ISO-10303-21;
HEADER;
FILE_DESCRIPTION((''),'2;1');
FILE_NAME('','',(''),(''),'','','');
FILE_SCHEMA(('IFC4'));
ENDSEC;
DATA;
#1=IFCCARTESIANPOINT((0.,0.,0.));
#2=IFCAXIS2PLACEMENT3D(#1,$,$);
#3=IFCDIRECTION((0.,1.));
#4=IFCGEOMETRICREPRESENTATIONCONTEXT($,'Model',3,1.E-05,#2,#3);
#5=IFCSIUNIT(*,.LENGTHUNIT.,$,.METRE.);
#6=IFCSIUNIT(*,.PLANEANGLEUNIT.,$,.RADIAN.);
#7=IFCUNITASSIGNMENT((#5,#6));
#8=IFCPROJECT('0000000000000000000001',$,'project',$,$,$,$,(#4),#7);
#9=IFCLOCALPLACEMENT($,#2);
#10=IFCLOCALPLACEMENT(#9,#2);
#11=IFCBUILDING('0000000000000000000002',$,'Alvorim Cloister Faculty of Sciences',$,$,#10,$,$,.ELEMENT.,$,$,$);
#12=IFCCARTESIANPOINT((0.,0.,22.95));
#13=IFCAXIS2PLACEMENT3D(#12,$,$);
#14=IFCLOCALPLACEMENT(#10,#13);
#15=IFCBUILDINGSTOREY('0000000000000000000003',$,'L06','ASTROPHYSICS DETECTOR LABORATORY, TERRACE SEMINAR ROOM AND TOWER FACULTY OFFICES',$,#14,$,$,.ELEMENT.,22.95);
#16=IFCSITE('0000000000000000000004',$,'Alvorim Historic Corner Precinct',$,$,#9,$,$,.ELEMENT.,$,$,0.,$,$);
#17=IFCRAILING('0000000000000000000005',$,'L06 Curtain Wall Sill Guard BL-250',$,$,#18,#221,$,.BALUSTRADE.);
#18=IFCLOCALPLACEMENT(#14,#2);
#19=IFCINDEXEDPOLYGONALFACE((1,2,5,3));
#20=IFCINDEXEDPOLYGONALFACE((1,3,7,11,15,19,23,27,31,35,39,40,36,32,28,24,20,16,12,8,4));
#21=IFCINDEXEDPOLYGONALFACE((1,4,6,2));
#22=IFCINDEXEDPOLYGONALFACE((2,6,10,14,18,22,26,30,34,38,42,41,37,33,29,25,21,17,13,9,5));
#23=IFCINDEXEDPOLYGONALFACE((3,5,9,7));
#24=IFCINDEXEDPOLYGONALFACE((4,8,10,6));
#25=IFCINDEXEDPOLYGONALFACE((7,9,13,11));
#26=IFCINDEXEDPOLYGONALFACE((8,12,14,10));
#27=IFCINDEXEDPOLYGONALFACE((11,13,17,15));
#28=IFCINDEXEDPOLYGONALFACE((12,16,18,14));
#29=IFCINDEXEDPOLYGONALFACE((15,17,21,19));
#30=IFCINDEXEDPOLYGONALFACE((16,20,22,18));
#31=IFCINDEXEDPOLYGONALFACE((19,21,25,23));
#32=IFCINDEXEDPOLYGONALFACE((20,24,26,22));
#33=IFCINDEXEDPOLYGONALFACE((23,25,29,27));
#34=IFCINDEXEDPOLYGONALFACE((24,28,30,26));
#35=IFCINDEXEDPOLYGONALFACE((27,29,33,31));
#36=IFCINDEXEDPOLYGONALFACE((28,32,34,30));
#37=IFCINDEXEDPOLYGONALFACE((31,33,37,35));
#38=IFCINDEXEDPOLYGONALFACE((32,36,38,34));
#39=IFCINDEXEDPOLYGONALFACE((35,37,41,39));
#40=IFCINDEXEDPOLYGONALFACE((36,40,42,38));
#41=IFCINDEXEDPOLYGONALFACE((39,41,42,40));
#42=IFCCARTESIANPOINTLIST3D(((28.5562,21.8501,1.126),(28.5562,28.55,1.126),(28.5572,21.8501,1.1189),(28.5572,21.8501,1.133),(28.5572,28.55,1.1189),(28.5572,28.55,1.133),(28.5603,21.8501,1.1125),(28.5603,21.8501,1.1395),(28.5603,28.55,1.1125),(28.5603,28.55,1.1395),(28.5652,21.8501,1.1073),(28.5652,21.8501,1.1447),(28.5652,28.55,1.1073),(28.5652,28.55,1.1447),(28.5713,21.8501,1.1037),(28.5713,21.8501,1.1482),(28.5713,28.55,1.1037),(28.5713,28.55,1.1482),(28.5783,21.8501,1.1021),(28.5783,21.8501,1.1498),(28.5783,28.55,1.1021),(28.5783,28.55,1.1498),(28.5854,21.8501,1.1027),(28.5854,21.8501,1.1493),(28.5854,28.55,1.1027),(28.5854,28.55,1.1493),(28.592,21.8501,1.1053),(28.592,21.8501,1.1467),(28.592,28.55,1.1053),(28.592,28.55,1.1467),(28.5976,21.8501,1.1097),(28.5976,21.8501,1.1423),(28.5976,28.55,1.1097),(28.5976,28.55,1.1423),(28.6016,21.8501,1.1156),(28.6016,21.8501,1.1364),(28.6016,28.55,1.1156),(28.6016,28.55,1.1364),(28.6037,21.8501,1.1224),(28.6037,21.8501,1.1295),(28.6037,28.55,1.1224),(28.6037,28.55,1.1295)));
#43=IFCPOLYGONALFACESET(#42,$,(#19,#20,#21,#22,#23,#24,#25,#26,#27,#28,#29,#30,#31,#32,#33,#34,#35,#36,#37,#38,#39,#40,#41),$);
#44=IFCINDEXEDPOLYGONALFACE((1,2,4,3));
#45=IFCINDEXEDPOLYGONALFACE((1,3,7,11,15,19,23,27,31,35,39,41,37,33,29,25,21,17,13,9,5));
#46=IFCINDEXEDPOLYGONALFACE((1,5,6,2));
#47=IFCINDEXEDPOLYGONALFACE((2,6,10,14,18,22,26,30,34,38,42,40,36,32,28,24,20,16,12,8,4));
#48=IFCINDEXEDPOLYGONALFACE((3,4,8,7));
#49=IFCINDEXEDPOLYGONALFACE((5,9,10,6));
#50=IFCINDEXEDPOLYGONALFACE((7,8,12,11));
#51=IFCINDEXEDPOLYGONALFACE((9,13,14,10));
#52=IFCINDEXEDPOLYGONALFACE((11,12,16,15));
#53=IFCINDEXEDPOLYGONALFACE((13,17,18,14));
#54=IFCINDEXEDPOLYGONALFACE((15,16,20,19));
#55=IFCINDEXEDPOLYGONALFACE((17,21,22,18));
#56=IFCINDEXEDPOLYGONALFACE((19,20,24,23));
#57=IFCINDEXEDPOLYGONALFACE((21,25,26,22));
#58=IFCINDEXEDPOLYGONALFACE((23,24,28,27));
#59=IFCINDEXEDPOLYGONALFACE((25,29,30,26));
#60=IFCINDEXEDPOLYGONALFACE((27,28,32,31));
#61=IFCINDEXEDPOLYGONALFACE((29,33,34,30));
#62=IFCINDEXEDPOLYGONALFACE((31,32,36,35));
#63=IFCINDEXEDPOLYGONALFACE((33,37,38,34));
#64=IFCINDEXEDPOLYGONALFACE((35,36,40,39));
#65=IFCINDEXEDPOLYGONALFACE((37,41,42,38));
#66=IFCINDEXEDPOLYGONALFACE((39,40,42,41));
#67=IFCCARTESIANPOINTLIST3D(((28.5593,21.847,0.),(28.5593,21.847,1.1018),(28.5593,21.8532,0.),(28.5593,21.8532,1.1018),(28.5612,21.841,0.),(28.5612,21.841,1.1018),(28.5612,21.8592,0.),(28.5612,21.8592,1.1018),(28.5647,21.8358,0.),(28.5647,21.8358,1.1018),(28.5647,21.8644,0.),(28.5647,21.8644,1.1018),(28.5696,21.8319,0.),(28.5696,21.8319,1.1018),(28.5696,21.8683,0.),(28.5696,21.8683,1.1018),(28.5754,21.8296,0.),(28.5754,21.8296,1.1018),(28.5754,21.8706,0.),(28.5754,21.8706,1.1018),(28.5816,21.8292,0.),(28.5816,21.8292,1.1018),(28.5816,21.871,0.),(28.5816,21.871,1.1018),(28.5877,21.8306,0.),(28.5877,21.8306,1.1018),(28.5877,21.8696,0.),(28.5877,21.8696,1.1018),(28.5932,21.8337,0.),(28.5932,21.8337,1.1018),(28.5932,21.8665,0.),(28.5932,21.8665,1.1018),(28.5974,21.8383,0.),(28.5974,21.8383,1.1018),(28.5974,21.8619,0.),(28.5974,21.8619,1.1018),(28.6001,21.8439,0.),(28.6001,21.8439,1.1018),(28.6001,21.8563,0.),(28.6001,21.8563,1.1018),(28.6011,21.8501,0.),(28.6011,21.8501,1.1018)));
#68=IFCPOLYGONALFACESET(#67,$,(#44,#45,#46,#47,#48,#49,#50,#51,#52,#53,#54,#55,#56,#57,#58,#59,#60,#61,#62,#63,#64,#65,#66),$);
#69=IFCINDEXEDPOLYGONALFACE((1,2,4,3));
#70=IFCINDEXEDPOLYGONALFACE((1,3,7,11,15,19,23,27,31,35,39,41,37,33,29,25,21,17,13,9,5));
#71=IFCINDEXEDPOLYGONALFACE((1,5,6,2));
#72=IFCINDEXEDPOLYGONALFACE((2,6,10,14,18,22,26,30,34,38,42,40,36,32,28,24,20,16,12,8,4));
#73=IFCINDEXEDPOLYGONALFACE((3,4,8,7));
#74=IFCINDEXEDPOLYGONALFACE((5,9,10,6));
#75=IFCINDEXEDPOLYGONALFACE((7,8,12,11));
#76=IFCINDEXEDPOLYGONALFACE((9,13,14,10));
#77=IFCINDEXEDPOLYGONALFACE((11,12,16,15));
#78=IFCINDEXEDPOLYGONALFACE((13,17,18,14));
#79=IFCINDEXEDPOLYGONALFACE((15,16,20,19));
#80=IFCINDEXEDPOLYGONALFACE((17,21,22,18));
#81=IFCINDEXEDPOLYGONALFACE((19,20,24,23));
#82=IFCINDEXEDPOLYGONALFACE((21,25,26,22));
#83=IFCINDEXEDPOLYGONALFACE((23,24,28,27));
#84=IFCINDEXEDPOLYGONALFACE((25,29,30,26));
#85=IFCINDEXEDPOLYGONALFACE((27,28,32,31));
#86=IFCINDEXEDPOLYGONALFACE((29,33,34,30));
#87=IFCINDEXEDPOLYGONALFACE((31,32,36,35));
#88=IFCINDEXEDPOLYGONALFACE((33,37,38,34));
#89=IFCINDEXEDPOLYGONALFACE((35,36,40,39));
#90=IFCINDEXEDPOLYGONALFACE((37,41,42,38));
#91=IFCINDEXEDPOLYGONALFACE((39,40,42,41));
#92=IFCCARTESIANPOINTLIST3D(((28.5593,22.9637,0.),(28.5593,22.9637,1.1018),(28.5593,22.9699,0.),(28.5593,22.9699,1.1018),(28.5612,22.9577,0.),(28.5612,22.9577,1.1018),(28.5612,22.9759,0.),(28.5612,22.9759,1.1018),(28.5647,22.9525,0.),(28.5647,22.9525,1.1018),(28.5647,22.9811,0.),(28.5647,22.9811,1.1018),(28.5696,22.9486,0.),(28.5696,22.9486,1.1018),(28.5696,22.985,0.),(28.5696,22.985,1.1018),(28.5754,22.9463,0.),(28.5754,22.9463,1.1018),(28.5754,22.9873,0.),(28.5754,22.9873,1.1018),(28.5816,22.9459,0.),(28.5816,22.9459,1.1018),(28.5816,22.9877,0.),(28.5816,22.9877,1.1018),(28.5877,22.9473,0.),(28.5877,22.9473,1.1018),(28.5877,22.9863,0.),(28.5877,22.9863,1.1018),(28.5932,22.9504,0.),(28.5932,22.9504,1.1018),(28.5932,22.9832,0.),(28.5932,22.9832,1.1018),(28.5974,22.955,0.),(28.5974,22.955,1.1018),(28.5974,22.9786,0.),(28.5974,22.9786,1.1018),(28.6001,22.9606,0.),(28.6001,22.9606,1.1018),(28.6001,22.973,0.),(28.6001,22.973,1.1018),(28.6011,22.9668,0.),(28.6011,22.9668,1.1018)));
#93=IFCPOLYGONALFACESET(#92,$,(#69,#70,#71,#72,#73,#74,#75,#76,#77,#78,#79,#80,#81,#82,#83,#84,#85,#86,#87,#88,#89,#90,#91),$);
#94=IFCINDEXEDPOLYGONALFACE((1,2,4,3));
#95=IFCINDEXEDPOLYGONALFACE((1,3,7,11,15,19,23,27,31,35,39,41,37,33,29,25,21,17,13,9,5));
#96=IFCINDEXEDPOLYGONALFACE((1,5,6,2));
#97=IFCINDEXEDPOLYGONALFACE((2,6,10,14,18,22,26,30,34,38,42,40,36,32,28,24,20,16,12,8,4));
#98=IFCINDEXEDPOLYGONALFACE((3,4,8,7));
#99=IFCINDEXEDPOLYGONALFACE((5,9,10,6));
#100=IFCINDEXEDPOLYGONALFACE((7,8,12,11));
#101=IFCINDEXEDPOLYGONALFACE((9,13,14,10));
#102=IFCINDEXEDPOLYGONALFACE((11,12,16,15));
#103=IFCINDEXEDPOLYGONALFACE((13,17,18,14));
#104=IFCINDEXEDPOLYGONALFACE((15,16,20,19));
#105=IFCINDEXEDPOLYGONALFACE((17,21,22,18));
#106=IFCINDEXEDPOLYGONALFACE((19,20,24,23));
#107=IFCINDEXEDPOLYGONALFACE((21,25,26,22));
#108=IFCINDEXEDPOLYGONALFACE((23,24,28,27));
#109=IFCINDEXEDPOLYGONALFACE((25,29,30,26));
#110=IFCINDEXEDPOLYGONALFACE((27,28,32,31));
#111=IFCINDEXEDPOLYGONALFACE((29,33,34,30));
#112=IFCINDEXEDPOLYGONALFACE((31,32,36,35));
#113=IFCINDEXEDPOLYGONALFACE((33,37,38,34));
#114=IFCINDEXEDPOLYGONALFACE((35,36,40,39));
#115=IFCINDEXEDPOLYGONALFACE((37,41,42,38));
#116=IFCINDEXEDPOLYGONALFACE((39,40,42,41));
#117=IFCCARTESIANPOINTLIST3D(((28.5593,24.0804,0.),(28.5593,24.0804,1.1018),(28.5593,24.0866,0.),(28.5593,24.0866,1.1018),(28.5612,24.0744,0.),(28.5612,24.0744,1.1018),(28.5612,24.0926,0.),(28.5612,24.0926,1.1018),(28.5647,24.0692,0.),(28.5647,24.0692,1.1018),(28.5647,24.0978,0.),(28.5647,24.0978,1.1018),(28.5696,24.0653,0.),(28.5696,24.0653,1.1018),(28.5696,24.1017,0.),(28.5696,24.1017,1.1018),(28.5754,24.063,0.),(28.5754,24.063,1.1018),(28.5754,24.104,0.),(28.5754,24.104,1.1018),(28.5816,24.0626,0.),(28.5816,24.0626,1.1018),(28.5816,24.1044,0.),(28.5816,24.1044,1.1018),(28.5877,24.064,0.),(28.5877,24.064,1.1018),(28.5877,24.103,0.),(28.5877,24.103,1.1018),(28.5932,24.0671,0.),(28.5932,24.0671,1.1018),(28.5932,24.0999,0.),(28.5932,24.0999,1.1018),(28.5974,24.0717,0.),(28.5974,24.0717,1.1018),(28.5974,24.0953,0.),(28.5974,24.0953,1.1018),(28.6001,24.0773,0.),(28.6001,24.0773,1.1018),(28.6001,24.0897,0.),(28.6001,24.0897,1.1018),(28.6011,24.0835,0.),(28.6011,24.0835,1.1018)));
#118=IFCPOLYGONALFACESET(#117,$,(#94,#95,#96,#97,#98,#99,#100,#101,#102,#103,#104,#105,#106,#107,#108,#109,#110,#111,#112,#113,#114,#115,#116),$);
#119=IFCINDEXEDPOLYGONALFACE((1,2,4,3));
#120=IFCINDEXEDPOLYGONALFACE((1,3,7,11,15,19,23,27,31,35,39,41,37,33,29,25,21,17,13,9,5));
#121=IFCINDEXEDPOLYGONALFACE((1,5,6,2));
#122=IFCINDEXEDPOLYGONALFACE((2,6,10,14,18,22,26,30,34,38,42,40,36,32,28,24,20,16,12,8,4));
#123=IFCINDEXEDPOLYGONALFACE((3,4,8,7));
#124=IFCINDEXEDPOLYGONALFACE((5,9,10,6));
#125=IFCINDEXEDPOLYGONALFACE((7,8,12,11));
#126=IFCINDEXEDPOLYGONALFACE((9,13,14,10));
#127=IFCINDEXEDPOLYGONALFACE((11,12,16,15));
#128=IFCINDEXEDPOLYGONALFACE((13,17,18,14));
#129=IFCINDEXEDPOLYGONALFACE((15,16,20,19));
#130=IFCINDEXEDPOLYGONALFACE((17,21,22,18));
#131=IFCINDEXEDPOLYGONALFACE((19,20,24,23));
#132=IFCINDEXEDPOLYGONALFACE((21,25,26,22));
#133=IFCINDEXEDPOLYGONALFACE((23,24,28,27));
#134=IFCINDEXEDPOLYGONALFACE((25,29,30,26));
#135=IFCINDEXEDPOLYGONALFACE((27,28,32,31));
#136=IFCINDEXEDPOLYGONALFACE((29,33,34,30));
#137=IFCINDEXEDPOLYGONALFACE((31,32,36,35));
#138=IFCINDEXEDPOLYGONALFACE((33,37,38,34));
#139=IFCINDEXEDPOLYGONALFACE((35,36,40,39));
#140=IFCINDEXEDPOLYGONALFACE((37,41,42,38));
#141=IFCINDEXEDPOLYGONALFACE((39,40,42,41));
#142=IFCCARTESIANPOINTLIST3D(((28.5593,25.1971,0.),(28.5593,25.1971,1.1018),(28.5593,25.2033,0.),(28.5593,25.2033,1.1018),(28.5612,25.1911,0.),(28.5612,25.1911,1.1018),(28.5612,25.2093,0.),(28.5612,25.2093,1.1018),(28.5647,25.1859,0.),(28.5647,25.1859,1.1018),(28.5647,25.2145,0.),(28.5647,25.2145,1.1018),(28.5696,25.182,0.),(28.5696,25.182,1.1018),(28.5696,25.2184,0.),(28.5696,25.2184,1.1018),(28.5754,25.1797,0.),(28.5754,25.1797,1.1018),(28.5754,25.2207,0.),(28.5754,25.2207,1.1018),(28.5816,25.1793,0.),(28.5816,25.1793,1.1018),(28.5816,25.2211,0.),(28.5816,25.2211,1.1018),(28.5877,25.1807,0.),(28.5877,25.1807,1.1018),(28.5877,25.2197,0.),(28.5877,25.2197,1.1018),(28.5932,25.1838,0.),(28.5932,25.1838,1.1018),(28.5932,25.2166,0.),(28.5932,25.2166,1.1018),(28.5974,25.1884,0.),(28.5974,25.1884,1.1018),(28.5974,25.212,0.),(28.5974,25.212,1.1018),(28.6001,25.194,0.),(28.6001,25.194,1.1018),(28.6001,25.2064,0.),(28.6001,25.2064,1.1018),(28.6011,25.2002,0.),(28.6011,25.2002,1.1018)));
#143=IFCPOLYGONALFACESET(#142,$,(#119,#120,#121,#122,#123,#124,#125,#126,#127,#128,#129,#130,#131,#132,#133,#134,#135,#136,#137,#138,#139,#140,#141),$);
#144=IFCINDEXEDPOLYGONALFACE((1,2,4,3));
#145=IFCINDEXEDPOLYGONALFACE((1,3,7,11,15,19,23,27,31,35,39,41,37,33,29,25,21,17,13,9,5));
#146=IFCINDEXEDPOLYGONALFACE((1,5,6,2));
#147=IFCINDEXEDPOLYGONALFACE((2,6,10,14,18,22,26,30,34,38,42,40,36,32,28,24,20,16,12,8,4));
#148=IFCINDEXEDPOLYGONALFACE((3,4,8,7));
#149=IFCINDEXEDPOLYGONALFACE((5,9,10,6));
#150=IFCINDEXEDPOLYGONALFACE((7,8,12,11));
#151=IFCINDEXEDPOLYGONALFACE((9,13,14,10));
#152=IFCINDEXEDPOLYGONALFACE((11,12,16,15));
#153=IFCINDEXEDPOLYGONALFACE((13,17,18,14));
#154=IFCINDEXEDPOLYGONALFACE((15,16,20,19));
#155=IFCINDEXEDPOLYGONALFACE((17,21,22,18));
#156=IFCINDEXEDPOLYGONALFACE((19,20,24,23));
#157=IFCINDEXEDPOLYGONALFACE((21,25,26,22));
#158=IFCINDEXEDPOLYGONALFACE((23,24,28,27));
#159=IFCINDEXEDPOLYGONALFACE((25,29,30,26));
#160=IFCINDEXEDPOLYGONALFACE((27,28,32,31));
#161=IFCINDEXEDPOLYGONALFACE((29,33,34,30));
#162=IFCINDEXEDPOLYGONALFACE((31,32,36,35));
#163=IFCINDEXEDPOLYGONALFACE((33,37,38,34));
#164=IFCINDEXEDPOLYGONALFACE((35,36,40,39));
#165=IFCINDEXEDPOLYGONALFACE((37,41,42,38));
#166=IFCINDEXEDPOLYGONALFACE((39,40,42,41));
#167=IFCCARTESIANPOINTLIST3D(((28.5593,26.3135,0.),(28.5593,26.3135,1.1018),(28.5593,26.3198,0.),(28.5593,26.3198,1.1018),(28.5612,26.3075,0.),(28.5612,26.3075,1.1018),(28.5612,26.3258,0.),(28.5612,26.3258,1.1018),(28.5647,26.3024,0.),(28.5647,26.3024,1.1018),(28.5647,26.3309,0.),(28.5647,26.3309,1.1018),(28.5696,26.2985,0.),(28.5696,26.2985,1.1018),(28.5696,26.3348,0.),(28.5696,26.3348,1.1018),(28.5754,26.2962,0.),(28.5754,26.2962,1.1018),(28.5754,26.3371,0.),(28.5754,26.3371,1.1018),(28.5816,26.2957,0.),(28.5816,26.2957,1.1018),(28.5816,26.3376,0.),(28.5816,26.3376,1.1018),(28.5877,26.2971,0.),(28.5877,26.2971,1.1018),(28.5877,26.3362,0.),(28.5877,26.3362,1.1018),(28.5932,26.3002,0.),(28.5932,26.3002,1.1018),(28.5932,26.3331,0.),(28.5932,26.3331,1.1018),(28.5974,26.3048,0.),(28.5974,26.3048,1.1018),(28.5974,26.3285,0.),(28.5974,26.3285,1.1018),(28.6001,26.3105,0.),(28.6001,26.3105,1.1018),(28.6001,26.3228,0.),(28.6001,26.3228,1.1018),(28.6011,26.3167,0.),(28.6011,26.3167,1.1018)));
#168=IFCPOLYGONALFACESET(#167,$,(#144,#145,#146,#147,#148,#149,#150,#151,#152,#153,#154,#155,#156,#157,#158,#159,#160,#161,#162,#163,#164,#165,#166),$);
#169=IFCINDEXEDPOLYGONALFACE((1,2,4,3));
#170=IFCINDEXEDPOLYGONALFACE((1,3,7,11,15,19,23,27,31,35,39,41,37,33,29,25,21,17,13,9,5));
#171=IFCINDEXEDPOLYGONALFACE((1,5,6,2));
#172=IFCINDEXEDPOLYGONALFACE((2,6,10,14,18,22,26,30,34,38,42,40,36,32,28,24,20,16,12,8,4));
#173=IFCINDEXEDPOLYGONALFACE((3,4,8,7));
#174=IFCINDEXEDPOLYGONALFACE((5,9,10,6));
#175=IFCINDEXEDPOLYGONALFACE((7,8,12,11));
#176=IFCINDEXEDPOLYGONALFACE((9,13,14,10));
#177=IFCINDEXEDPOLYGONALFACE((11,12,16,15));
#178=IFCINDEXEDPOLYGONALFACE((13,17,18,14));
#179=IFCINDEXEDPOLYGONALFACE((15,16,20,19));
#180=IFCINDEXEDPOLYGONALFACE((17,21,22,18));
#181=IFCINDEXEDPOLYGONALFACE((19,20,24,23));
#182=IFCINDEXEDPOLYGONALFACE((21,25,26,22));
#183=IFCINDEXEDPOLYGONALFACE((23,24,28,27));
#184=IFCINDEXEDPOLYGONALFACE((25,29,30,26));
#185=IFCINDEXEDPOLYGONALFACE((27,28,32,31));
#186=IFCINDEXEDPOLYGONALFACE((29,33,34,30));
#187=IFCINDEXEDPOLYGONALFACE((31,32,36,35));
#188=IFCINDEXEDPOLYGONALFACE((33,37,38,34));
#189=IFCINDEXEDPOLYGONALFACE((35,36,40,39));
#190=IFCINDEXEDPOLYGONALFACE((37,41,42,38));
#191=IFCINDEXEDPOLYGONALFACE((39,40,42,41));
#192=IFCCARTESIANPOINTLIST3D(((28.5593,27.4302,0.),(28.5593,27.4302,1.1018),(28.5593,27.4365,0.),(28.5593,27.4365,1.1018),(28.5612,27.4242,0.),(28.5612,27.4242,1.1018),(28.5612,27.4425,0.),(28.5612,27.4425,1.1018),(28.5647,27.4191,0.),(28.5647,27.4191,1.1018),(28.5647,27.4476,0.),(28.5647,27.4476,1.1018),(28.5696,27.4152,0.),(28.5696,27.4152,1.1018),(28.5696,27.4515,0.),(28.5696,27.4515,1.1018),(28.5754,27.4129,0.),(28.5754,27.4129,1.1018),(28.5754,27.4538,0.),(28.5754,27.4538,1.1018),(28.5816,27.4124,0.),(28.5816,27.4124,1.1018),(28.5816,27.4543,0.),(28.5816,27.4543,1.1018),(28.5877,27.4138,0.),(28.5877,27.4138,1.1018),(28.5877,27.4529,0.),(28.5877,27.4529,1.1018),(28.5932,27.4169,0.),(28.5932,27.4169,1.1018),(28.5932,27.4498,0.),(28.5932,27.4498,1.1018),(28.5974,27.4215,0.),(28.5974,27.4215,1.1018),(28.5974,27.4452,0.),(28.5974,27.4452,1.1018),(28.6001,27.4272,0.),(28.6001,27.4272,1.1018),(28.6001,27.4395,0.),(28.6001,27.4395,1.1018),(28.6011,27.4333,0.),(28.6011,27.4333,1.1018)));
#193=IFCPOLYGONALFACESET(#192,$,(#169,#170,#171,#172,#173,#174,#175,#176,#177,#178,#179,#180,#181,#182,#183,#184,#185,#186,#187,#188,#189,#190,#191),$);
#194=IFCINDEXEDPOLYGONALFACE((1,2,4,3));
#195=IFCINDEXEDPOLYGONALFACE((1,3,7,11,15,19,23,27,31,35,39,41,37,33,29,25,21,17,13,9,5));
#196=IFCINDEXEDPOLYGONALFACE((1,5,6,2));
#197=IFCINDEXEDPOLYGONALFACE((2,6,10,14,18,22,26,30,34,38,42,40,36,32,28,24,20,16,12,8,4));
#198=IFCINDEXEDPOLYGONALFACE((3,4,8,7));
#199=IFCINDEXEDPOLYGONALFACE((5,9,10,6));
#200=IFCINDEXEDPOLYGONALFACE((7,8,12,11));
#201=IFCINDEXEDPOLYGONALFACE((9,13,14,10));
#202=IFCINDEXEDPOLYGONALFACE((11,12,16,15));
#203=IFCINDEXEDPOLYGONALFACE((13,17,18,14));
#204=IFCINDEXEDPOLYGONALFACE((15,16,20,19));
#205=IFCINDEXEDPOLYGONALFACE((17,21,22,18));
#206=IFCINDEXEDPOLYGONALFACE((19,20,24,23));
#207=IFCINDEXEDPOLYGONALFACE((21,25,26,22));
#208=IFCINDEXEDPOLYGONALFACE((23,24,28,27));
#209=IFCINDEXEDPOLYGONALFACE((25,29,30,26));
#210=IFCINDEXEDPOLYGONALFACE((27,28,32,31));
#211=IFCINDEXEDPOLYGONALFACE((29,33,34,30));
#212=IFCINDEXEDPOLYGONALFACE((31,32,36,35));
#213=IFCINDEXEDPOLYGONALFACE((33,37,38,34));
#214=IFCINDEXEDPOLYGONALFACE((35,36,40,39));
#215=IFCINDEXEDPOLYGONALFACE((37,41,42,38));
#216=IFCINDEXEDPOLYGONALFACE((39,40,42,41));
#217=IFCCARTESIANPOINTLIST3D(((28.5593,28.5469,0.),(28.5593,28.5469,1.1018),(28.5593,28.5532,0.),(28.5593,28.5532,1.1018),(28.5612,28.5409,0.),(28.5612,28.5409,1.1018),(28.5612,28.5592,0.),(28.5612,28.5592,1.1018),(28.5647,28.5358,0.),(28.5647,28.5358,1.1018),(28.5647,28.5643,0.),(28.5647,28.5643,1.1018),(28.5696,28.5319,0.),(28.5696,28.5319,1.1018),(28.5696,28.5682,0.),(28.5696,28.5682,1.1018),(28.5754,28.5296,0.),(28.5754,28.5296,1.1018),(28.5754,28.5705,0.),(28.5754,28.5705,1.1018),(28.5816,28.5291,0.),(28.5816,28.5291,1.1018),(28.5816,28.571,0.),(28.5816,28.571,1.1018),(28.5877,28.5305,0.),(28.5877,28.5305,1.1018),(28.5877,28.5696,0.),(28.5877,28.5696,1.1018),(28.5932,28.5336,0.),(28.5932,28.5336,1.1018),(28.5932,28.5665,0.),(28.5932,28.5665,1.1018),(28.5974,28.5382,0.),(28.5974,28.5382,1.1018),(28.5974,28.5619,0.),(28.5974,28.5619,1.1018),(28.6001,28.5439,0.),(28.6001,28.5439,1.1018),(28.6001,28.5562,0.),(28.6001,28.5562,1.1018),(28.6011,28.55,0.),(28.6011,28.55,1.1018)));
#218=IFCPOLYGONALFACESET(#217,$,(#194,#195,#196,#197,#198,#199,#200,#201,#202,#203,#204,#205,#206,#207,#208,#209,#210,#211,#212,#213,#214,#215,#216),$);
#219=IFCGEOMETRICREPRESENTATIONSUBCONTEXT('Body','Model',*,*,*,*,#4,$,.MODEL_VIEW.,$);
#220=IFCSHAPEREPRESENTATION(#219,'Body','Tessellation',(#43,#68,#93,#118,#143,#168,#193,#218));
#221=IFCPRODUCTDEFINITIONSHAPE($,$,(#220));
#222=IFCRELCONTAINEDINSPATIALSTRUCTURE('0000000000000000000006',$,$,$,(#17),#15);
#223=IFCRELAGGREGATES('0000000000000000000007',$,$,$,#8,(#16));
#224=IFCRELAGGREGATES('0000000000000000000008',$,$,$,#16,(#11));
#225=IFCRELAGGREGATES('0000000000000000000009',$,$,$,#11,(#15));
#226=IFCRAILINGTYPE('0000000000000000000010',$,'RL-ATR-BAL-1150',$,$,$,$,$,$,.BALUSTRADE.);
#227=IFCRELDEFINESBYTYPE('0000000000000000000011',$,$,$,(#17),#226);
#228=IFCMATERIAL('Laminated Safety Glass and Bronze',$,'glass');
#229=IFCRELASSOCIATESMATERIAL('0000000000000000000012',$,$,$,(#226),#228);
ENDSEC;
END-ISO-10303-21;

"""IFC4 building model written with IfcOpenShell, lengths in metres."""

from ifc_helpers import new_model, si_unit, direction, frame, origin, origin_2d, place, context, subcontext, project, spatial, circle, extrude, material, type_object, element, save


model = new_model("IFC4")

# Units and contexts
model_context = context("Model", 3, precision=1e-05, world=origin(), true_north=direction((0.0, 1.0)))
body_context = subcontext(model_context, "Body", "Model", "MODEL_VIEW")
ifc_project = project(units=[si_unit("LENGTHUNIT", "METRE"), si_unit("PLANEANGLEUNIT", "RADIAN")], contexts=[model_context])

# Site, building, storey
site_placement = place(None, origin())
site = spatial("IfcSite", under=ifc_project, at=site_placement, Name="Alvorim Historic Corner Precinct", CompositionType="ELEMENT", RefElevation=0.0)
building_placement = place(site_placement, origin())
building = spatial("IfcBuilding", under=site, at=building_placement, Name="Alvorim Cloister Faculty of Sciences", CompositionType="ELEMENT")
storey_placement = place(building_placement, frame((0.0, 0.0, 22.95)))
storey = spatial("IfcBuildingStorey", under=building, at=storey_placement, Name="L06", Description="ASTROPHYSICS DETECTOR LABORATORY, TERRACE SEMINAR ROOM AND TOWER FACULTY OFFICES", CompositionType="ELEMENT", Elevation=22.95)

# Railing
ifc_material_1 = material(Name="Laminated Safety Glass and Bronze", Category="glass")
railing_type = type_object("IfcRailingType", Name="RL-ATR-BAL-1150", PredefinedType="BALUSTRADE", material=ifc_material_1)
railing_placement = place(storey_placement, frame((28.5801, 21.8501, 0.0)))
element("IfcRailing", 1, at=railing_placement, inside=storey, type_object=railing_type, Name="L06 Curtain Wall Sill Guard BL-250", PredefinedType="BALUSTRADE", context=body_context, shape_type="SweptSolid", body=[
    extrude(circle(Radius=0.0239, at=origin_2d()), frame((0.0, 0.0, 1.126), z_axis=(0.0, 1.0, 0.0), x_axis=(-1.0, 0.0, 0.0)), (0.0, 0.0, 1.0), 6.7),
    extrude(circle(Radius=0.021, at=origin_2d()), origin(), (0.0, 0.0, 1.0), 1.1018),
    extrude(circle(Radius=0.021, at=origin_2d()), frame((0.0, 1.1167, 0.0)), (0.0, 0.0, 1.0), 1.1018),
    extrude(circle(Radius=0.021, at=origin_2d()), frame((0.0, 2.2334, 0.0)), (0.0, 0.0, 1.0), 1.1018),
    extrude(circle(Radius=0.021, at=origin_2d()), frame((0.0, 3.3501, 0.0)), (0.0, 0.0, 1.0), 1.1018),
    extrude(circle(Radius=0.021, at=origin_2d()), frame((0.0, 4.4666, 0.0)), (0.0, 0.0, 1.0), 1.1018),
    extrude(circle(Radius=0.021, at=origin_2d()), frame((0.0, 5.5833, 0.0)), (0.0, 0.0, 1.0), 1.1018),
    extrude(circle(Radius=0.021, at=origin_2d()), frame((0.0, 6.7, 0.0)), (0.0, 0.0, 1.0), 1.1018),
])

save(model, "model.ifc")
